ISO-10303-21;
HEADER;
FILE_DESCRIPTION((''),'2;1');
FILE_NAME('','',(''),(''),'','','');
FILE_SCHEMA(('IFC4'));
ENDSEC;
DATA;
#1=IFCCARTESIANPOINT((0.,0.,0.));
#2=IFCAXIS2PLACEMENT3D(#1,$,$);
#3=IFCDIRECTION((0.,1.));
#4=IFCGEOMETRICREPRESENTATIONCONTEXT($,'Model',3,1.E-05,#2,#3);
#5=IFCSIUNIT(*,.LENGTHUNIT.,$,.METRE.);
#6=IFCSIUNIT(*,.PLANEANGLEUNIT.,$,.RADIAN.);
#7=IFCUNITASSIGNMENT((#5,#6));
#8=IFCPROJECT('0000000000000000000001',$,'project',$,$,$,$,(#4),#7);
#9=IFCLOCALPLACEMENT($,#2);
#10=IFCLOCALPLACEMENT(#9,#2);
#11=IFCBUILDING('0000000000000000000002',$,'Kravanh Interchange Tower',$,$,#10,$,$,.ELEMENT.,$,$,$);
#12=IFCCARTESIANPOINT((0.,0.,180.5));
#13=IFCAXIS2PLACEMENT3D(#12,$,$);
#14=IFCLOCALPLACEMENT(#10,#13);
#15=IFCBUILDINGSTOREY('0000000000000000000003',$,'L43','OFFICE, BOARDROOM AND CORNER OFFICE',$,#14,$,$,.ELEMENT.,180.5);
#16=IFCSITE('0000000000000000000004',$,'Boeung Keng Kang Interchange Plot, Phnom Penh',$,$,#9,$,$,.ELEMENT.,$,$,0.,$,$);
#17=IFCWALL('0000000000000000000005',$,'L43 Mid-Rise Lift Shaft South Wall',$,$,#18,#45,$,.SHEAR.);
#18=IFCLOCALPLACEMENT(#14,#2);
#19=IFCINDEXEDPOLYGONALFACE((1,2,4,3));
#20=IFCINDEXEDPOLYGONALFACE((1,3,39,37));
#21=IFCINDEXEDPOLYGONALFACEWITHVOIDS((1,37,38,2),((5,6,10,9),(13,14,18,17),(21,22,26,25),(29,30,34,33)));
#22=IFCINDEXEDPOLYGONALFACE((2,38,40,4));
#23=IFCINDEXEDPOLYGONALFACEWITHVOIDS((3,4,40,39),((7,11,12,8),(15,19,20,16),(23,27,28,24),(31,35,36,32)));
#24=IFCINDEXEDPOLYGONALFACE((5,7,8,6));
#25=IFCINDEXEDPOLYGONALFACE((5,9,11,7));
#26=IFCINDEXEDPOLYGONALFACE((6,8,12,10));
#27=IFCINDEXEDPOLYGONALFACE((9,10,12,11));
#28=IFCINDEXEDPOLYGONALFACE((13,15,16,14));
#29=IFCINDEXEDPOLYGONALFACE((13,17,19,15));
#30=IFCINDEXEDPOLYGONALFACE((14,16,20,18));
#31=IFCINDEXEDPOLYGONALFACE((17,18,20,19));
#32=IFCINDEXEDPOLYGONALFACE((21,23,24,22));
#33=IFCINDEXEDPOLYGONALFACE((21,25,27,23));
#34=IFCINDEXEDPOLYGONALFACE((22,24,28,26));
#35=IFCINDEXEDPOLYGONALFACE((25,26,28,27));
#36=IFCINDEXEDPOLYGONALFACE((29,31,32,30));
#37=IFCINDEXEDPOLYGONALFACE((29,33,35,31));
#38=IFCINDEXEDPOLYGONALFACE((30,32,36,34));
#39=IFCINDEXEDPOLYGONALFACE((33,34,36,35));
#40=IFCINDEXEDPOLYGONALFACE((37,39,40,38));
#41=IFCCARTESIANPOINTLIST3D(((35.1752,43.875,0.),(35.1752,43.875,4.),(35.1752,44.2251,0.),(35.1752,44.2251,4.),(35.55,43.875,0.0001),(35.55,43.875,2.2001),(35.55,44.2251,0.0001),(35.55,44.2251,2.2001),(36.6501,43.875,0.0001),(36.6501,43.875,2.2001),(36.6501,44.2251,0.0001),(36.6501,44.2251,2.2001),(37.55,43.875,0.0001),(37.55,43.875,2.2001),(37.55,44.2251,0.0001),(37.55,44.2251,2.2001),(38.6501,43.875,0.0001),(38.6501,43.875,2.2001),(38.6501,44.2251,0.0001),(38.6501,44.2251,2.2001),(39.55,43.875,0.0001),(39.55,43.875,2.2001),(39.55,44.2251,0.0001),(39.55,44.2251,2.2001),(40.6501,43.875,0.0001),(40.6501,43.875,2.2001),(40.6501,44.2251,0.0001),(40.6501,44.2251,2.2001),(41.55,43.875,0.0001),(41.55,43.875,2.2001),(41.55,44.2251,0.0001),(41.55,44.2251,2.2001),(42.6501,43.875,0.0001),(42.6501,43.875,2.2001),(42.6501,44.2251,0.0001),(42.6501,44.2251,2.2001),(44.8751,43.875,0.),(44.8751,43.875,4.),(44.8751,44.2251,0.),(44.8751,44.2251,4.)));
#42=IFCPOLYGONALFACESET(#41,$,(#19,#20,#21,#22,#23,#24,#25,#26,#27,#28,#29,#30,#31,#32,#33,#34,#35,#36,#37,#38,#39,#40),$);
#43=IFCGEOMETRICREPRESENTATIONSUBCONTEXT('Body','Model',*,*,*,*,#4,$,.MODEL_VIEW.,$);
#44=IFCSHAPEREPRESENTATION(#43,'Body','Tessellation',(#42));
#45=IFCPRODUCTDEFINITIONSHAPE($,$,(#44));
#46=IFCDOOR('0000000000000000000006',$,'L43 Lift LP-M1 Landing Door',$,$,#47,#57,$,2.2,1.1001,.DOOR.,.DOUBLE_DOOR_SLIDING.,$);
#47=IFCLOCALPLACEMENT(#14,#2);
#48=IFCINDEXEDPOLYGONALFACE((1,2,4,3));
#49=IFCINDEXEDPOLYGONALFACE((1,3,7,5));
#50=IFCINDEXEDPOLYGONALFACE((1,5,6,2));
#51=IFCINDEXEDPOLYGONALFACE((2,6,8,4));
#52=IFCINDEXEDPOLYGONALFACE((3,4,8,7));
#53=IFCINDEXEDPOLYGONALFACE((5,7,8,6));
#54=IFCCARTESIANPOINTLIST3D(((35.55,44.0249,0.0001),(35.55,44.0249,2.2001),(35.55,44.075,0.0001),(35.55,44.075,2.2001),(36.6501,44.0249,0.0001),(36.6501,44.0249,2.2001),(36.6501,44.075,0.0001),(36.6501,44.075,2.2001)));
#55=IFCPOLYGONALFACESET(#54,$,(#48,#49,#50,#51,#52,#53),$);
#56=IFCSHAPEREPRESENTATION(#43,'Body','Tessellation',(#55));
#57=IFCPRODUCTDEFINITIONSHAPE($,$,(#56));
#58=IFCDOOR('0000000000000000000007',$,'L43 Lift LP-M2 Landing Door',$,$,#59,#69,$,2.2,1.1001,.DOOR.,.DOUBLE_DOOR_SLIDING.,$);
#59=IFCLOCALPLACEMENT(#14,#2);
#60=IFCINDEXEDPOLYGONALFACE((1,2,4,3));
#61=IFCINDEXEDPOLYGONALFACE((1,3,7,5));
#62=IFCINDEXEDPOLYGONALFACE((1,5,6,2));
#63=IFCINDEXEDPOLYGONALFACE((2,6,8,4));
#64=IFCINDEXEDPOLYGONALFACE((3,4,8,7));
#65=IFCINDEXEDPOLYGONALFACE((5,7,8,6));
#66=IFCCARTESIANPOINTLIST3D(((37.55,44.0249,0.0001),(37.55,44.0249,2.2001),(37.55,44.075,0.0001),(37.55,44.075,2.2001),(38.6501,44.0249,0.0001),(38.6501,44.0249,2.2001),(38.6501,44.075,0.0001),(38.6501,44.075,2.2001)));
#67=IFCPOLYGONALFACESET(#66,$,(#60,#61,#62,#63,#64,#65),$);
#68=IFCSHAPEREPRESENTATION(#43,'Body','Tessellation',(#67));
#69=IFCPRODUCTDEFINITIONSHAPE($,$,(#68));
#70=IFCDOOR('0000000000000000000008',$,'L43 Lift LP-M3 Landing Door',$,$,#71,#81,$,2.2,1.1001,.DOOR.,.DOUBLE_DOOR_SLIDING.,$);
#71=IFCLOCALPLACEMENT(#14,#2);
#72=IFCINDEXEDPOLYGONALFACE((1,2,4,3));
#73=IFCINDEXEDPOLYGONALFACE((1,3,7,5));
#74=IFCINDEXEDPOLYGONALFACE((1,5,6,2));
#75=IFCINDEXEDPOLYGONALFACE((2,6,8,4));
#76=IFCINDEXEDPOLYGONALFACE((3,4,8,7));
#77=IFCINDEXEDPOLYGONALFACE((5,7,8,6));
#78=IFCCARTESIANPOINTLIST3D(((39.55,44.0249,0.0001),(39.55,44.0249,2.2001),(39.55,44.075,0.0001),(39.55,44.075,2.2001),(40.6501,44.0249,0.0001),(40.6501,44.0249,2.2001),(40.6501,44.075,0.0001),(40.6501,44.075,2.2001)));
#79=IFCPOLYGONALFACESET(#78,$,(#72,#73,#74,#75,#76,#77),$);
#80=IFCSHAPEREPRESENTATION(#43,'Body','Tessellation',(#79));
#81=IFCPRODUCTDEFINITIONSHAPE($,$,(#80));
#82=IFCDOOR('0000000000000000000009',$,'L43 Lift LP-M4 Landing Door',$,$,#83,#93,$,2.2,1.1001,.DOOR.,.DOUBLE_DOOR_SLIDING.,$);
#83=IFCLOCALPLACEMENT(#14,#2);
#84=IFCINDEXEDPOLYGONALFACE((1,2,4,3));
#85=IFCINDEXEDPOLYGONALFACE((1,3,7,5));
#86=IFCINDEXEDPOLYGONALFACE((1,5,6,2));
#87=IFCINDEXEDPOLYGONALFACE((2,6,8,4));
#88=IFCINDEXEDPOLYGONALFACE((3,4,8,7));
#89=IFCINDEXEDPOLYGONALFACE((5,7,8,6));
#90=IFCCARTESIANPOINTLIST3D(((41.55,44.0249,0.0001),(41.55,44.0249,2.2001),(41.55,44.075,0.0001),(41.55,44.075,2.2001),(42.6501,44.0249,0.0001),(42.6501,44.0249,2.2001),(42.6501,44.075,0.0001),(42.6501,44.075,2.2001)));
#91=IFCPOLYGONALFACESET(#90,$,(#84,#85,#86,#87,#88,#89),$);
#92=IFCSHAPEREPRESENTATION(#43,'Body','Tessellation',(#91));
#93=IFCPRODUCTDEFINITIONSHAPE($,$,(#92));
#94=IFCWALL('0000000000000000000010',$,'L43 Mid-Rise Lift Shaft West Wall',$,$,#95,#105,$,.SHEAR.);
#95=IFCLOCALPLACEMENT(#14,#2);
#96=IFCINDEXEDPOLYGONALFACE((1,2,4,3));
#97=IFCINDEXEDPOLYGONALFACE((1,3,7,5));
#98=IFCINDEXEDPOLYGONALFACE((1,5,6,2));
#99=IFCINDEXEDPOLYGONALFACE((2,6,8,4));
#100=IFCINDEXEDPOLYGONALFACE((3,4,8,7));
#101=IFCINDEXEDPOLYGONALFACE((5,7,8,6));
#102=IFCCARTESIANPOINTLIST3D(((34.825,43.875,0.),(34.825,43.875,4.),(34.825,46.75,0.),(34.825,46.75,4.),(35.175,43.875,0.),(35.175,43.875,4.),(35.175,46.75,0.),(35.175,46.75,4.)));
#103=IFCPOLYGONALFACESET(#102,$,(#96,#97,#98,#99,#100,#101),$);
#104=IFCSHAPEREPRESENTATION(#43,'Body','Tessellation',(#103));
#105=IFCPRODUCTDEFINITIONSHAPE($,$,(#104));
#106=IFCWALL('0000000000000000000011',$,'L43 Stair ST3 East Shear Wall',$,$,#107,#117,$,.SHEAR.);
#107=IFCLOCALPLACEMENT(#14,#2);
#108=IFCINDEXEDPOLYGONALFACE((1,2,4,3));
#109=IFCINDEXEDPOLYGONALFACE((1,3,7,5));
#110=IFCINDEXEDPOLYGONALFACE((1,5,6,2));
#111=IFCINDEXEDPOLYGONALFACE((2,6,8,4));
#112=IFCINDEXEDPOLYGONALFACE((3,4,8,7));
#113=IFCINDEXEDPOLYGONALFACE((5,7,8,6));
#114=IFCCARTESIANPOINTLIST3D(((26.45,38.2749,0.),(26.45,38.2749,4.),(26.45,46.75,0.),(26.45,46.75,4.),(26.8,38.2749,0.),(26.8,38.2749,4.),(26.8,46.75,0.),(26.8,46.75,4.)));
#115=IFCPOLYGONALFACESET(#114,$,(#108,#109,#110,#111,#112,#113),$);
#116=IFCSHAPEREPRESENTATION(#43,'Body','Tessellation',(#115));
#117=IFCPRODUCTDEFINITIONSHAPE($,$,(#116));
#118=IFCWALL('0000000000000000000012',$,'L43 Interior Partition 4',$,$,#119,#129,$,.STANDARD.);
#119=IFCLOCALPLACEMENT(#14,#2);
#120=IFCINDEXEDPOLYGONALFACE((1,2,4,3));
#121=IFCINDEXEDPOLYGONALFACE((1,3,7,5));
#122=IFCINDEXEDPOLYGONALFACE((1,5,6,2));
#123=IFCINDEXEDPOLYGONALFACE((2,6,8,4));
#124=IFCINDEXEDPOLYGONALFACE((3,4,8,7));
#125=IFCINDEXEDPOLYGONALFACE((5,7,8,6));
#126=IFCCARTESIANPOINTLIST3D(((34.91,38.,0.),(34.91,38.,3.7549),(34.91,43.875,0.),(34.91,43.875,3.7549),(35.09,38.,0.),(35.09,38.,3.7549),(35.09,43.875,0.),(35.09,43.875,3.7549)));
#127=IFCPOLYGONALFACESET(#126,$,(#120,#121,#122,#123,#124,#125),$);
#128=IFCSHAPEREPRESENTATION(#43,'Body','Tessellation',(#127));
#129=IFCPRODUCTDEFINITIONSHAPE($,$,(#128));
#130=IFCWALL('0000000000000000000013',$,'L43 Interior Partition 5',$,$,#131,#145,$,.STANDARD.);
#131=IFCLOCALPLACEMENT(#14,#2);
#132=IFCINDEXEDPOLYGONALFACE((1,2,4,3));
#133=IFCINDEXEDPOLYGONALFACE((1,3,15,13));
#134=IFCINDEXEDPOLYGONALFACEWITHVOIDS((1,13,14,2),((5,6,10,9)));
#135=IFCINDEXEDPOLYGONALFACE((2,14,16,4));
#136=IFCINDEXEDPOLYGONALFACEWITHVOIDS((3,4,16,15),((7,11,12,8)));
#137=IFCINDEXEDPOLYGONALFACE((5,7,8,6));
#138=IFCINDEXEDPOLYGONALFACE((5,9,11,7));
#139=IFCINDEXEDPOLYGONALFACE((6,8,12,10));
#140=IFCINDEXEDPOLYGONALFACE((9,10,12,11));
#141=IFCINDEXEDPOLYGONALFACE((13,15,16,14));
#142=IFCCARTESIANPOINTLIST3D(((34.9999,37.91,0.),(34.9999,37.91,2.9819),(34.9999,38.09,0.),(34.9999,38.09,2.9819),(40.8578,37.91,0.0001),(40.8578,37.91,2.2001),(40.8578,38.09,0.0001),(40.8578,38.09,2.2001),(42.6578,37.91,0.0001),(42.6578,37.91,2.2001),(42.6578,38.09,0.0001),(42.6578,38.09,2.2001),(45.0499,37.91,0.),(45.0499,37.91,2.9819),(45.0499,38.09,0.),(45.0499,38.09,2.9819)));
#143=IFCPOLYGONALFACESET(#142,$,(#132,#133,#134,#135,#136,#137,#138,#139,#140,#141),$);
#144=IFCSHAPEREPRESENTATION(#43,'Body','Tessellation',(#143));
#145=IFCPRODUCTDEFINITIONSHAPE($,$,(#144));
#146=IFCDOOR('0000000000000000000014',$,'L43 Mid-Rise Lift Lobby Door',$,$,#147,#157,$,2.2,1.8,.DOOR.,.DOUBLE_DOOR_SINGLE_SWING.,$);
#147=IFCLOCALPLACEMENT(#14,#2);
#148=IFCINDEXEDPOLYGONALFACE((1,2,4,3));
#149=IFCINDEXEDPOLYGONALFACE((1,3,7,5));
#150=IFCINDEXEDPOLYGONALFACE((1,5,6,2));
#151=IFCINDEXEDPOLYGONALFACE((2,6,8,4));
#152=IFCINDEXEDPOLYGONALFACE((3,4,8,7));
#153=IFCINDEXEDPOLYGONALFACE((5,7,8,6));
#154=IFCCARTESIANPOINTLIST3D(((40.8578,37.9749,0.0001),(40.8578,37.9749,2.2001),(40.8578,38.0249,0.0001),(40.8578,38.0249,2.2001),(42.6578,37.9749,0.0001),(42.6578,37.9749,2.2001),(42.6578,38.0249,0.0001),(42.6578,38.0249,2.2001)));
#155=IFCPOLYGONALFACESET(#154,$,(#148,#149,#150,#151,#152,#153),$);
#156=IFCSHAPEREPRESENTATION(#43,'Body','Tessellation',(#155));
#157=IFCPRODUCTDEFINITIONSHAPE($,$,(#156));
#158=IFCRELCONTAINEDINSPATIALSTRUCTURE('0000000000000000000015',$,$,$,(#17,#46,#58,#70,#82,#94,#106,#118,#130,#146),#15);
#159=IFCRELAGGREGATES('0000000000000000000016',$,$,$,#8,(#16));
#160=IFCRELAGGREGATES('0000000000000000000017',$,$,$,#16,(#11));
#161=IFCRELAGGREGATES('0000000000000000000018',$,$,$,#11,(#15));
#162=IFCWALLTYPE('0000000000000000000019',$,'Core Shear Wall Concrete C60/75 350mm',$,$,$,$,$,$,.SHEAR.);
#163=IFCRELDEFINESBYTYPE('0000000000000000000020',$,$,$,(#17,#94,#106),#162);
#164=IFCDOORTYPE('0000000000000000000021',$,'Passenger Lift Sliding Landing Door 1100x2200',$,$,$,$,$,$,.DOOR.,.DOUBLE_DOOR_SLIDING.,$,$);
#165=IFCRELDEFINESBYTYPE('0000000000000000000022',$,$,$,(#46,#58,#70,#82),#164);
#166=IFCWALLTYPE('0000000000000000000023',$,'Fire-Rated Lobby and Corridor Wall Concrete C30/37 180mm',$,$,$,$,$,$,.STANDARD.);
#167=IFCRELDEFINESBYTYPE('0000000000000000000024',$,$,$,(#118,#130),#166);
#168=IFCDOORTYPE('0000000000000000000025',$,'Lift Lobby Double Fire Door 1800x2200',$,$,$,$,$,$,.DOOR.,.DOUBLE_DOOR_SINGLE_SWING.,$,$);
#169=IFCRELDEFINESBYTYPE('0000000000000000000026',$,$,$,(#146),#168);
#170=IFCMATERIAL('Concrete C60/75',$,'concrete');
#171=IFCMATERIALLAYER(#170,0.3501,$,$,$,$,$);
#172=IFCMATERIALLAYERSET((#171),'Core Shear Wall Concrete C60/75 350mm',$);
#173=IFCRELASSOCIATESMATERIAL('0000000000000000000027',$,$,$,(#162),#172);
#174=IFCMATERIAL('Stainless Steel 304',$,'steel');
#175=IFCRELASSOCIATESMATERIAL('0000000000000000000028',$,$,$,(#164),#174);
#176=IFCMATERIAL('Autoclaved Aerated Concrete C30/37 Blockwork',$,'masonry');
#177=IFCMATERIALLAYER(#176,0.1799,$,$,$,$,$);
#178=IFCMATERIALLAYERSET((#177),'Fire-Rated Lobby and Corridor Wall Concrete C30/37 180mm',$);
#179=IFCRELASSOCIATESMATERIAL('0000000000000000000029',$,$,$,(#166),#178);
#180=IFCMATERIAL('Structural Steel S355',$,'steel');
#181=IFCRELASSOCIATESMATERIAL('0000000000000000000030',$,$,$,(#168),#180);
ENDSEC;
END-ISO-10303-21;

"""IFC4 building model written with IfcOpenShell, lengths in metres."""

from ifc_helpers import new_model, si_unit, direction, frame, frame_2d, origin, place, context, subcontext, project, spatial, rectangle, extrude, material, layer, layer_set, type_object, element, fill, save


model = new_model("IFC4")

# Units and contexts
model_context = context("Model", 3, precision=1e-05, world=origin(), true_north=direction((0.0, 1.0)))
body_context = subcontext(model_context, "Body", "Model", "MODEL_VIEW")
ifc_project = project(units=[si_unit("LENGTHUNIT", "METRE"), si_unit("PLANEANGLEUNIT", "RADIAN")], contexts=[model_context])

# Site, building, storey
site_placement = place(None, origin())
site = spatial("IfcSite", under=ifc_project, at=site_placement, Name="Boeung Keng Kang Interchange Plot, Phnom Penh", CompositionType="ELEMENT", RefElevation=0.0)
building_placement = place(site_placement, origin())
building = spatial("IfcBuilding", under=site, at=building_placement, Name="Kravanh Interchange Tower", CompositionType="ELEMENT")
storey_placement = place(building_placement, frame((0.0, 0.0, 180.5)))
storey = spatial("IfcBuildingStorey", under=building, at=storey_placement, Name="L43", Description="OFFICE, BOARDROOM AND CORNER OFFICE", CompositionType="ELEMENT", Elevation=180.5)

# Wall, openings, doors
ifc_material_1 = material(Name="Concrete C60/75", Category="concrete")
ifc_layer_1 = layer(ifc_material_1, 0.3501)
ifc_layer_set_1 = layer_set([ifc_layer_1], Name="Core Shear Wall Concrete C60/75 350mm")
wall_type_1 = type_object("IfcWallType", Name="Core Shear Wall Concrete C60/75 350mm", PredefinedType="SHEAR", material=ifc_layer_set_1)
wall_1_placement = place(storey_placement, frame((35.175, 44.05, 0.0), z_axis=(0.0, 0.0, 1.0), x_axis=(1.0, 0.0, 0.0)))
wall_1 = element("IfcWall", 1, at=wall_1_placement, inside=storey, type_object=wall_type_1, Name="L43 Mid-Rise Lift Shaft South Wall", PredefinedType="SHEAR", context=body_context, shape_type="SweptSolid", body=[
    extrude(rectangle(XDim=9.7, YDim=0.3501, at=frame_2d((4.8501, 0.0))), origin(), (0.0, 0.0, 1.0), 4.0),
])
opening_1_placement = place(wall_1_placement, frame((0.375, 0.0, 0.0)))
opening_1 = element("IfcOpeningElement", 2, at=opening_1_placement, cuts=wall_1, PredefinedType="OPENING", context=body_context, shape_type="SweptSolid", body=[
    extrude(rectangle(XDim=1.1001, YDim=2.2, at=frame_2d((0.55, 1.1001))), frame((0.0, 0.1851, 0.0), z_axis=(0.0, -1.0, 0.0), x_axis=(1.0, 0.0, 0.0)), (0.0, 0.0, 1.0), 0.3701),
])
opening_2_placement = place(wall_1_placement, frame((2.375, 0.0, 0.0)))
opening_2 = element("IfcOpeningElement", 3, at=opening_2_placement, cuts=wall_1, PredefinedType="OPENING", context=body_context, shape_type="SweptSolid", body=[
    extrude(rectangle(XDim=1.1001, YDim=2.2, at=frame_2d((0.55, 1.1001))), frame((0.0, 0.1851, 0.0), z_axis=(0.0, -1.0, 0.0), x_axis=(1.0, 0.0, 0.0)), (0.0, 0.0, 1.0), 0.3701),
])
opening_3_placement = place(wall_1_placement, frame((4.375, 0.0, 0.0)))
opening_3 = element("IfcOpeningElement", 4, at=opening_3_placement, cuts=wall_1, PredefinedType="OPENING", context=body_context, shape_type="SweptSolid", body=[
    extrude(rectangle(XDim=1.1001, YDim=2.2, at=frame_2d((0.55, 1.1001))), frame((0.0, 0.1851, 0.0), z_axis=(0.0, -1.0, 0.0), x_axis=(1.0, 0.0, 0.0)), (0.0, 0.0, 1.0), 0.3701),
])
opening_4_placement = place(wall_1_placement, frame((6.375, 0.0, 0.0)))
opening_4 = element("IfcOpeningElement", 5, at=opening_4_placement, cuts=wall_1, PredefinedType="OPENING", context=body_context, shape_type="SweptSolid", body=[
    extrude(rectangle(XDim=1.1001, YDim=2.2, at=frame_2d((0.55, 1.1001))), frame((0.0, 0.1851, 0.0), z_axis=(0.0, -1.0, 0.0), x_axis=(1.0, 0.0, 0.0)), (0.0, 0.0, 1.0), 0.3701),
])
ifc_material_2 = material(Name="Stainless Steel 304", Category="steel")
door_type_1 = type_object("IfcDoorType", Name="Passenger Lift Sliding Landing Door 1100x2200", OperationType="DOUBLE_DOOR_SLIDING", PredefinedType="DOOR", material=ifc_material_2)
door_1_placement = place(opening_1_placement, origin())
door_1 = element("IfcDoor", 6, at=door_1_placement, inside=storey, type_object=door_type_1, Name="L43 Lift LP-M1 Landing Door", OperationType="DOUBLE_DOOR_SLIDING", OverallHeight=2.2, OverallWidth=1.1001, PredefinedType="DOOR", context=body_context, shape_type="SweptSolid", body=[
    extrude(rectangle(XDim=1.1001, YDim=2.2, at=frame_2d((0.55, 1.1001))), frame((0.0, 0.0249, 0.0), z_axis=(0.0, -1.0, 0.0), x_axis=(1.0, 0.0, 0.0)), (0.0, 0.0, 1.0), 0.05),
])
fill(opening_1, door_1)
door_2_placement = place(opening_2_placement, origin())
door_2 = element("IfcDoor", 7, at=door_2_placement, inside=storey, type_object=door_type_1, Name="L43 Lift LP-M2 Landing Door", OperationType="DOUBLE_DOOR_SLIDING", OverallHeight=2.2, OverallWidth=1.1001, PredefinedType="DOOR", context=body_context, shape_type="SweptSolid", body=[
    extrude(rectangle(XDim=1.1001, YDim=2.2, at=frame_2d((0.55, 1.1001))), frame((0.0, 0.0249, 0.0), z_axis=(0.0, -1.0, 0.0), x_axis=(1.0, 0.0, 0.0)), (0.0, 0.0, 1.0), 0.05),
])
fill(opening_2, door_2)
door_3_placement = place(opening_3_placement, origin())
door_3 = element("IfcDoor", 8, at=door_3_placement, inside=storey, type_object=door_type_1, Name="L43 Lift LP-M3 Landing Door", OperationType="DOUBLE_DOOR_SLIDING", OverallHeight=2.2, OverallWidth=1.1001, PredefinedType="DOOR", context=body_context, shape_type="SweptSolid", body=[
    extrude(rectangle(XDim=1.1001, YDim=2.2, at=frame_2d((0.55, 1.1001))), frame((0.0, 0.0249, 0.0), z_axis=(0.0, -1.0, 0.0), x_axis=(1.0, 0.0, 0.0)), (0.0, 0.0, 1.0), 0.05),
])
fill(opening_3, door_3)
door_4_placement = place(opening_4_placement, origin())
door_4 = element("IfcDoor", 9, at=door_4_placement, inside=storey, type_object=door_type_1, Name="L43 Lift LP-M4 Landing Door", OperationType="DOUBLE_DOOR_SLIDING", OverallHeight=2.2, OverallWidth=1.1001, PredefinedType="DOOR", context=body_context, shape_type="SweptSolid", body=[
    extrude(rectangle(XDim=1.1001, YDim=2.2, at=frame_2d((0.55, 1.1001))), frame((0.0, 0.0249, 0.0), z_axis=(0.0, -1.0, 0.0), x_axis=(1.0, 0.0, 0.0)), (0.0, 0.0, 1.0), 0.05),
])
fill(opening_4, door_4)

# Walls
wall_2_placement = place(storey_placement, frame((35.0, 43.875, 0.0), z_axis=(0.0, 0.0, 1.0), x_axis=(0.0, 1.0, 0.0)))
element("IfcWall", 10, at=wall_2_placement, inside=storey, type_object=wall_type_1, Name="L43 Mid-Rise Lift Shaft West Wall", PredefinedType="SHEAR", context=body_context, shape_type="SweptSolid", body=[
    extrude(rectangle(XDim=2.875, YDim=0.3501, at=frame_2d((1.4375, 0.0))), origin(), (0.0, 0.0, 1.0), 4.0),
])
wall_3_placement = place(storey_placement, frame((26.625, 38.2749, 0.0), z_axis=(0.0, 0.0, 1.0), x_axis=(0.0, 1.0, 0.0)))
element("IfcWall", 11, at=wall_3_placement, inside=storey, type_object=wall_type_1, Name="L43 Stair ST3 East Shear Wall", PredefinedType="SHEAR", context=body_context, shape_type="SweptSolid", body=[
    extrude(rectangle(XDim=8.4751, YDim=0.3501, at=frame_2d((4.2375, 0.0))), origin(), (0.0, 0.0, 1.0), 4.0),
])
ifc_material_3 = material(Name="Autoclaved Aerated Concrete C30/37 Blockwork", Category="masonry")
ifc_layer_2 = layer(ifc_material_3, 0.1799)
ifc_layer_set_2 = layer_set([ifc_layer_2], Name="Fire-Rated Lobby and Corridor Wall Concrete C30/37 180mm")
wall_type_2 = type_object("IfcWallType", Name="Fire-Rated Lobby and Corridor Wall Concrete C30/37 180mm", PredefinedType="STANDARD", material=ifc_layer_set_2)
wall_4_placement = place(storey_placement, frame((35.0, 38.0, 0.0), z_axis=(0.0, 0.0, 1.0), x_axis=(0.0, 1.0, 0.0)))
element("IfcWall", 12, at=wall_4_placement, inside=storey, type_object=wall_type_2, Name="L43 Interior Partition 4", PredefinedType="STANDARD", context=body_context, shape_type="SweptSolid", body=[
    extrude(rectangle(XDim=5.875, YDim=0.1799, at=frame_2d((2.9375, 0.0))), origin(), (0.0, 0.0, 1.0), 3.7549),
])

# Wall, opening, door
wall_5_placement = place(storey_placement, frame((35.0, 38.0, 0.0), z_axis=(0.0, 0.0, 1.0), x_axis=(1.0, 0.0, 0.0)))
wall_5 = element("IfcWall", 13, at=wall_5_placement, inside=storey, type_object=wall_type_2, Name="L43 Interior Partition 5", PredefinedType="STANDARD", context=body_context, shape_type="SweptSolid", body=[
    extrude(rectangle(XDim=10.05, YDim=0.1799, at=frame_2d((5.0249, 0.0))), origin(), (0.0, 0.0, 1.0), 2.9819),
])
opening_5_placement = place(wall_5_placement, frame((5.8579, 0.0, 0.0)))
opening_5 = element("IfcOpeningElement", 14, at=opening_5_placement, cuts=wall_5, PredefinedType="OPENING", context=body_context, shape_type="SweptSolid", body=[
    extrude(rectangle(XDim=1.8, YDim=2.2, at=frame_2d((0.8999, 1.1001))), frame((0.0, 0.1001, 0.0), z_axis=(0.0, -1.0, 0.0), x_axis=(1.0, 0.0, 0.0)), (0.0, 0.0, 1.0), 0.2),
])
ifc_material_4 = material(Name="Structural Steel S355", Category="steel")
door_type_2 = type_object("IfcDoorType", Name="Lift Lobby Double Fire Door 1800x2200", OperationType="DOUBLE_DOOR_SINGLE_SWING", PredefinedType="DOOR", material=ifc_material_4)
door_5_placement = place(opening_5_placement, origin())
door_5 = element("IfcDoor", 15, at=door_5_placement, inside=storey, type_object=door_type_2, Name="L43 Mid-Rise Lift Lobby Door", OperationType="DOUBLE_DOOR_SINGLE_SWING", OverallHeight=2.2, OverallWidth=1.8, PredefinedType="DOOR", context=body_context, shape_type="SweptSolid", body=[
    extrude(rectangle(XDim=1.8, YDim=2.2, at=frame_2d((0.8999, 1.1001))), frame((0.0, 0.0249, 0.0), z_axis=(0.0, -1.0, 0.0), x_axis=(1.0, 0.0, 0.0)), (0.0, 0.0, 1.0), 0.05),
])
fill(opening_5, door_5)

save(model, "model.ifc")
